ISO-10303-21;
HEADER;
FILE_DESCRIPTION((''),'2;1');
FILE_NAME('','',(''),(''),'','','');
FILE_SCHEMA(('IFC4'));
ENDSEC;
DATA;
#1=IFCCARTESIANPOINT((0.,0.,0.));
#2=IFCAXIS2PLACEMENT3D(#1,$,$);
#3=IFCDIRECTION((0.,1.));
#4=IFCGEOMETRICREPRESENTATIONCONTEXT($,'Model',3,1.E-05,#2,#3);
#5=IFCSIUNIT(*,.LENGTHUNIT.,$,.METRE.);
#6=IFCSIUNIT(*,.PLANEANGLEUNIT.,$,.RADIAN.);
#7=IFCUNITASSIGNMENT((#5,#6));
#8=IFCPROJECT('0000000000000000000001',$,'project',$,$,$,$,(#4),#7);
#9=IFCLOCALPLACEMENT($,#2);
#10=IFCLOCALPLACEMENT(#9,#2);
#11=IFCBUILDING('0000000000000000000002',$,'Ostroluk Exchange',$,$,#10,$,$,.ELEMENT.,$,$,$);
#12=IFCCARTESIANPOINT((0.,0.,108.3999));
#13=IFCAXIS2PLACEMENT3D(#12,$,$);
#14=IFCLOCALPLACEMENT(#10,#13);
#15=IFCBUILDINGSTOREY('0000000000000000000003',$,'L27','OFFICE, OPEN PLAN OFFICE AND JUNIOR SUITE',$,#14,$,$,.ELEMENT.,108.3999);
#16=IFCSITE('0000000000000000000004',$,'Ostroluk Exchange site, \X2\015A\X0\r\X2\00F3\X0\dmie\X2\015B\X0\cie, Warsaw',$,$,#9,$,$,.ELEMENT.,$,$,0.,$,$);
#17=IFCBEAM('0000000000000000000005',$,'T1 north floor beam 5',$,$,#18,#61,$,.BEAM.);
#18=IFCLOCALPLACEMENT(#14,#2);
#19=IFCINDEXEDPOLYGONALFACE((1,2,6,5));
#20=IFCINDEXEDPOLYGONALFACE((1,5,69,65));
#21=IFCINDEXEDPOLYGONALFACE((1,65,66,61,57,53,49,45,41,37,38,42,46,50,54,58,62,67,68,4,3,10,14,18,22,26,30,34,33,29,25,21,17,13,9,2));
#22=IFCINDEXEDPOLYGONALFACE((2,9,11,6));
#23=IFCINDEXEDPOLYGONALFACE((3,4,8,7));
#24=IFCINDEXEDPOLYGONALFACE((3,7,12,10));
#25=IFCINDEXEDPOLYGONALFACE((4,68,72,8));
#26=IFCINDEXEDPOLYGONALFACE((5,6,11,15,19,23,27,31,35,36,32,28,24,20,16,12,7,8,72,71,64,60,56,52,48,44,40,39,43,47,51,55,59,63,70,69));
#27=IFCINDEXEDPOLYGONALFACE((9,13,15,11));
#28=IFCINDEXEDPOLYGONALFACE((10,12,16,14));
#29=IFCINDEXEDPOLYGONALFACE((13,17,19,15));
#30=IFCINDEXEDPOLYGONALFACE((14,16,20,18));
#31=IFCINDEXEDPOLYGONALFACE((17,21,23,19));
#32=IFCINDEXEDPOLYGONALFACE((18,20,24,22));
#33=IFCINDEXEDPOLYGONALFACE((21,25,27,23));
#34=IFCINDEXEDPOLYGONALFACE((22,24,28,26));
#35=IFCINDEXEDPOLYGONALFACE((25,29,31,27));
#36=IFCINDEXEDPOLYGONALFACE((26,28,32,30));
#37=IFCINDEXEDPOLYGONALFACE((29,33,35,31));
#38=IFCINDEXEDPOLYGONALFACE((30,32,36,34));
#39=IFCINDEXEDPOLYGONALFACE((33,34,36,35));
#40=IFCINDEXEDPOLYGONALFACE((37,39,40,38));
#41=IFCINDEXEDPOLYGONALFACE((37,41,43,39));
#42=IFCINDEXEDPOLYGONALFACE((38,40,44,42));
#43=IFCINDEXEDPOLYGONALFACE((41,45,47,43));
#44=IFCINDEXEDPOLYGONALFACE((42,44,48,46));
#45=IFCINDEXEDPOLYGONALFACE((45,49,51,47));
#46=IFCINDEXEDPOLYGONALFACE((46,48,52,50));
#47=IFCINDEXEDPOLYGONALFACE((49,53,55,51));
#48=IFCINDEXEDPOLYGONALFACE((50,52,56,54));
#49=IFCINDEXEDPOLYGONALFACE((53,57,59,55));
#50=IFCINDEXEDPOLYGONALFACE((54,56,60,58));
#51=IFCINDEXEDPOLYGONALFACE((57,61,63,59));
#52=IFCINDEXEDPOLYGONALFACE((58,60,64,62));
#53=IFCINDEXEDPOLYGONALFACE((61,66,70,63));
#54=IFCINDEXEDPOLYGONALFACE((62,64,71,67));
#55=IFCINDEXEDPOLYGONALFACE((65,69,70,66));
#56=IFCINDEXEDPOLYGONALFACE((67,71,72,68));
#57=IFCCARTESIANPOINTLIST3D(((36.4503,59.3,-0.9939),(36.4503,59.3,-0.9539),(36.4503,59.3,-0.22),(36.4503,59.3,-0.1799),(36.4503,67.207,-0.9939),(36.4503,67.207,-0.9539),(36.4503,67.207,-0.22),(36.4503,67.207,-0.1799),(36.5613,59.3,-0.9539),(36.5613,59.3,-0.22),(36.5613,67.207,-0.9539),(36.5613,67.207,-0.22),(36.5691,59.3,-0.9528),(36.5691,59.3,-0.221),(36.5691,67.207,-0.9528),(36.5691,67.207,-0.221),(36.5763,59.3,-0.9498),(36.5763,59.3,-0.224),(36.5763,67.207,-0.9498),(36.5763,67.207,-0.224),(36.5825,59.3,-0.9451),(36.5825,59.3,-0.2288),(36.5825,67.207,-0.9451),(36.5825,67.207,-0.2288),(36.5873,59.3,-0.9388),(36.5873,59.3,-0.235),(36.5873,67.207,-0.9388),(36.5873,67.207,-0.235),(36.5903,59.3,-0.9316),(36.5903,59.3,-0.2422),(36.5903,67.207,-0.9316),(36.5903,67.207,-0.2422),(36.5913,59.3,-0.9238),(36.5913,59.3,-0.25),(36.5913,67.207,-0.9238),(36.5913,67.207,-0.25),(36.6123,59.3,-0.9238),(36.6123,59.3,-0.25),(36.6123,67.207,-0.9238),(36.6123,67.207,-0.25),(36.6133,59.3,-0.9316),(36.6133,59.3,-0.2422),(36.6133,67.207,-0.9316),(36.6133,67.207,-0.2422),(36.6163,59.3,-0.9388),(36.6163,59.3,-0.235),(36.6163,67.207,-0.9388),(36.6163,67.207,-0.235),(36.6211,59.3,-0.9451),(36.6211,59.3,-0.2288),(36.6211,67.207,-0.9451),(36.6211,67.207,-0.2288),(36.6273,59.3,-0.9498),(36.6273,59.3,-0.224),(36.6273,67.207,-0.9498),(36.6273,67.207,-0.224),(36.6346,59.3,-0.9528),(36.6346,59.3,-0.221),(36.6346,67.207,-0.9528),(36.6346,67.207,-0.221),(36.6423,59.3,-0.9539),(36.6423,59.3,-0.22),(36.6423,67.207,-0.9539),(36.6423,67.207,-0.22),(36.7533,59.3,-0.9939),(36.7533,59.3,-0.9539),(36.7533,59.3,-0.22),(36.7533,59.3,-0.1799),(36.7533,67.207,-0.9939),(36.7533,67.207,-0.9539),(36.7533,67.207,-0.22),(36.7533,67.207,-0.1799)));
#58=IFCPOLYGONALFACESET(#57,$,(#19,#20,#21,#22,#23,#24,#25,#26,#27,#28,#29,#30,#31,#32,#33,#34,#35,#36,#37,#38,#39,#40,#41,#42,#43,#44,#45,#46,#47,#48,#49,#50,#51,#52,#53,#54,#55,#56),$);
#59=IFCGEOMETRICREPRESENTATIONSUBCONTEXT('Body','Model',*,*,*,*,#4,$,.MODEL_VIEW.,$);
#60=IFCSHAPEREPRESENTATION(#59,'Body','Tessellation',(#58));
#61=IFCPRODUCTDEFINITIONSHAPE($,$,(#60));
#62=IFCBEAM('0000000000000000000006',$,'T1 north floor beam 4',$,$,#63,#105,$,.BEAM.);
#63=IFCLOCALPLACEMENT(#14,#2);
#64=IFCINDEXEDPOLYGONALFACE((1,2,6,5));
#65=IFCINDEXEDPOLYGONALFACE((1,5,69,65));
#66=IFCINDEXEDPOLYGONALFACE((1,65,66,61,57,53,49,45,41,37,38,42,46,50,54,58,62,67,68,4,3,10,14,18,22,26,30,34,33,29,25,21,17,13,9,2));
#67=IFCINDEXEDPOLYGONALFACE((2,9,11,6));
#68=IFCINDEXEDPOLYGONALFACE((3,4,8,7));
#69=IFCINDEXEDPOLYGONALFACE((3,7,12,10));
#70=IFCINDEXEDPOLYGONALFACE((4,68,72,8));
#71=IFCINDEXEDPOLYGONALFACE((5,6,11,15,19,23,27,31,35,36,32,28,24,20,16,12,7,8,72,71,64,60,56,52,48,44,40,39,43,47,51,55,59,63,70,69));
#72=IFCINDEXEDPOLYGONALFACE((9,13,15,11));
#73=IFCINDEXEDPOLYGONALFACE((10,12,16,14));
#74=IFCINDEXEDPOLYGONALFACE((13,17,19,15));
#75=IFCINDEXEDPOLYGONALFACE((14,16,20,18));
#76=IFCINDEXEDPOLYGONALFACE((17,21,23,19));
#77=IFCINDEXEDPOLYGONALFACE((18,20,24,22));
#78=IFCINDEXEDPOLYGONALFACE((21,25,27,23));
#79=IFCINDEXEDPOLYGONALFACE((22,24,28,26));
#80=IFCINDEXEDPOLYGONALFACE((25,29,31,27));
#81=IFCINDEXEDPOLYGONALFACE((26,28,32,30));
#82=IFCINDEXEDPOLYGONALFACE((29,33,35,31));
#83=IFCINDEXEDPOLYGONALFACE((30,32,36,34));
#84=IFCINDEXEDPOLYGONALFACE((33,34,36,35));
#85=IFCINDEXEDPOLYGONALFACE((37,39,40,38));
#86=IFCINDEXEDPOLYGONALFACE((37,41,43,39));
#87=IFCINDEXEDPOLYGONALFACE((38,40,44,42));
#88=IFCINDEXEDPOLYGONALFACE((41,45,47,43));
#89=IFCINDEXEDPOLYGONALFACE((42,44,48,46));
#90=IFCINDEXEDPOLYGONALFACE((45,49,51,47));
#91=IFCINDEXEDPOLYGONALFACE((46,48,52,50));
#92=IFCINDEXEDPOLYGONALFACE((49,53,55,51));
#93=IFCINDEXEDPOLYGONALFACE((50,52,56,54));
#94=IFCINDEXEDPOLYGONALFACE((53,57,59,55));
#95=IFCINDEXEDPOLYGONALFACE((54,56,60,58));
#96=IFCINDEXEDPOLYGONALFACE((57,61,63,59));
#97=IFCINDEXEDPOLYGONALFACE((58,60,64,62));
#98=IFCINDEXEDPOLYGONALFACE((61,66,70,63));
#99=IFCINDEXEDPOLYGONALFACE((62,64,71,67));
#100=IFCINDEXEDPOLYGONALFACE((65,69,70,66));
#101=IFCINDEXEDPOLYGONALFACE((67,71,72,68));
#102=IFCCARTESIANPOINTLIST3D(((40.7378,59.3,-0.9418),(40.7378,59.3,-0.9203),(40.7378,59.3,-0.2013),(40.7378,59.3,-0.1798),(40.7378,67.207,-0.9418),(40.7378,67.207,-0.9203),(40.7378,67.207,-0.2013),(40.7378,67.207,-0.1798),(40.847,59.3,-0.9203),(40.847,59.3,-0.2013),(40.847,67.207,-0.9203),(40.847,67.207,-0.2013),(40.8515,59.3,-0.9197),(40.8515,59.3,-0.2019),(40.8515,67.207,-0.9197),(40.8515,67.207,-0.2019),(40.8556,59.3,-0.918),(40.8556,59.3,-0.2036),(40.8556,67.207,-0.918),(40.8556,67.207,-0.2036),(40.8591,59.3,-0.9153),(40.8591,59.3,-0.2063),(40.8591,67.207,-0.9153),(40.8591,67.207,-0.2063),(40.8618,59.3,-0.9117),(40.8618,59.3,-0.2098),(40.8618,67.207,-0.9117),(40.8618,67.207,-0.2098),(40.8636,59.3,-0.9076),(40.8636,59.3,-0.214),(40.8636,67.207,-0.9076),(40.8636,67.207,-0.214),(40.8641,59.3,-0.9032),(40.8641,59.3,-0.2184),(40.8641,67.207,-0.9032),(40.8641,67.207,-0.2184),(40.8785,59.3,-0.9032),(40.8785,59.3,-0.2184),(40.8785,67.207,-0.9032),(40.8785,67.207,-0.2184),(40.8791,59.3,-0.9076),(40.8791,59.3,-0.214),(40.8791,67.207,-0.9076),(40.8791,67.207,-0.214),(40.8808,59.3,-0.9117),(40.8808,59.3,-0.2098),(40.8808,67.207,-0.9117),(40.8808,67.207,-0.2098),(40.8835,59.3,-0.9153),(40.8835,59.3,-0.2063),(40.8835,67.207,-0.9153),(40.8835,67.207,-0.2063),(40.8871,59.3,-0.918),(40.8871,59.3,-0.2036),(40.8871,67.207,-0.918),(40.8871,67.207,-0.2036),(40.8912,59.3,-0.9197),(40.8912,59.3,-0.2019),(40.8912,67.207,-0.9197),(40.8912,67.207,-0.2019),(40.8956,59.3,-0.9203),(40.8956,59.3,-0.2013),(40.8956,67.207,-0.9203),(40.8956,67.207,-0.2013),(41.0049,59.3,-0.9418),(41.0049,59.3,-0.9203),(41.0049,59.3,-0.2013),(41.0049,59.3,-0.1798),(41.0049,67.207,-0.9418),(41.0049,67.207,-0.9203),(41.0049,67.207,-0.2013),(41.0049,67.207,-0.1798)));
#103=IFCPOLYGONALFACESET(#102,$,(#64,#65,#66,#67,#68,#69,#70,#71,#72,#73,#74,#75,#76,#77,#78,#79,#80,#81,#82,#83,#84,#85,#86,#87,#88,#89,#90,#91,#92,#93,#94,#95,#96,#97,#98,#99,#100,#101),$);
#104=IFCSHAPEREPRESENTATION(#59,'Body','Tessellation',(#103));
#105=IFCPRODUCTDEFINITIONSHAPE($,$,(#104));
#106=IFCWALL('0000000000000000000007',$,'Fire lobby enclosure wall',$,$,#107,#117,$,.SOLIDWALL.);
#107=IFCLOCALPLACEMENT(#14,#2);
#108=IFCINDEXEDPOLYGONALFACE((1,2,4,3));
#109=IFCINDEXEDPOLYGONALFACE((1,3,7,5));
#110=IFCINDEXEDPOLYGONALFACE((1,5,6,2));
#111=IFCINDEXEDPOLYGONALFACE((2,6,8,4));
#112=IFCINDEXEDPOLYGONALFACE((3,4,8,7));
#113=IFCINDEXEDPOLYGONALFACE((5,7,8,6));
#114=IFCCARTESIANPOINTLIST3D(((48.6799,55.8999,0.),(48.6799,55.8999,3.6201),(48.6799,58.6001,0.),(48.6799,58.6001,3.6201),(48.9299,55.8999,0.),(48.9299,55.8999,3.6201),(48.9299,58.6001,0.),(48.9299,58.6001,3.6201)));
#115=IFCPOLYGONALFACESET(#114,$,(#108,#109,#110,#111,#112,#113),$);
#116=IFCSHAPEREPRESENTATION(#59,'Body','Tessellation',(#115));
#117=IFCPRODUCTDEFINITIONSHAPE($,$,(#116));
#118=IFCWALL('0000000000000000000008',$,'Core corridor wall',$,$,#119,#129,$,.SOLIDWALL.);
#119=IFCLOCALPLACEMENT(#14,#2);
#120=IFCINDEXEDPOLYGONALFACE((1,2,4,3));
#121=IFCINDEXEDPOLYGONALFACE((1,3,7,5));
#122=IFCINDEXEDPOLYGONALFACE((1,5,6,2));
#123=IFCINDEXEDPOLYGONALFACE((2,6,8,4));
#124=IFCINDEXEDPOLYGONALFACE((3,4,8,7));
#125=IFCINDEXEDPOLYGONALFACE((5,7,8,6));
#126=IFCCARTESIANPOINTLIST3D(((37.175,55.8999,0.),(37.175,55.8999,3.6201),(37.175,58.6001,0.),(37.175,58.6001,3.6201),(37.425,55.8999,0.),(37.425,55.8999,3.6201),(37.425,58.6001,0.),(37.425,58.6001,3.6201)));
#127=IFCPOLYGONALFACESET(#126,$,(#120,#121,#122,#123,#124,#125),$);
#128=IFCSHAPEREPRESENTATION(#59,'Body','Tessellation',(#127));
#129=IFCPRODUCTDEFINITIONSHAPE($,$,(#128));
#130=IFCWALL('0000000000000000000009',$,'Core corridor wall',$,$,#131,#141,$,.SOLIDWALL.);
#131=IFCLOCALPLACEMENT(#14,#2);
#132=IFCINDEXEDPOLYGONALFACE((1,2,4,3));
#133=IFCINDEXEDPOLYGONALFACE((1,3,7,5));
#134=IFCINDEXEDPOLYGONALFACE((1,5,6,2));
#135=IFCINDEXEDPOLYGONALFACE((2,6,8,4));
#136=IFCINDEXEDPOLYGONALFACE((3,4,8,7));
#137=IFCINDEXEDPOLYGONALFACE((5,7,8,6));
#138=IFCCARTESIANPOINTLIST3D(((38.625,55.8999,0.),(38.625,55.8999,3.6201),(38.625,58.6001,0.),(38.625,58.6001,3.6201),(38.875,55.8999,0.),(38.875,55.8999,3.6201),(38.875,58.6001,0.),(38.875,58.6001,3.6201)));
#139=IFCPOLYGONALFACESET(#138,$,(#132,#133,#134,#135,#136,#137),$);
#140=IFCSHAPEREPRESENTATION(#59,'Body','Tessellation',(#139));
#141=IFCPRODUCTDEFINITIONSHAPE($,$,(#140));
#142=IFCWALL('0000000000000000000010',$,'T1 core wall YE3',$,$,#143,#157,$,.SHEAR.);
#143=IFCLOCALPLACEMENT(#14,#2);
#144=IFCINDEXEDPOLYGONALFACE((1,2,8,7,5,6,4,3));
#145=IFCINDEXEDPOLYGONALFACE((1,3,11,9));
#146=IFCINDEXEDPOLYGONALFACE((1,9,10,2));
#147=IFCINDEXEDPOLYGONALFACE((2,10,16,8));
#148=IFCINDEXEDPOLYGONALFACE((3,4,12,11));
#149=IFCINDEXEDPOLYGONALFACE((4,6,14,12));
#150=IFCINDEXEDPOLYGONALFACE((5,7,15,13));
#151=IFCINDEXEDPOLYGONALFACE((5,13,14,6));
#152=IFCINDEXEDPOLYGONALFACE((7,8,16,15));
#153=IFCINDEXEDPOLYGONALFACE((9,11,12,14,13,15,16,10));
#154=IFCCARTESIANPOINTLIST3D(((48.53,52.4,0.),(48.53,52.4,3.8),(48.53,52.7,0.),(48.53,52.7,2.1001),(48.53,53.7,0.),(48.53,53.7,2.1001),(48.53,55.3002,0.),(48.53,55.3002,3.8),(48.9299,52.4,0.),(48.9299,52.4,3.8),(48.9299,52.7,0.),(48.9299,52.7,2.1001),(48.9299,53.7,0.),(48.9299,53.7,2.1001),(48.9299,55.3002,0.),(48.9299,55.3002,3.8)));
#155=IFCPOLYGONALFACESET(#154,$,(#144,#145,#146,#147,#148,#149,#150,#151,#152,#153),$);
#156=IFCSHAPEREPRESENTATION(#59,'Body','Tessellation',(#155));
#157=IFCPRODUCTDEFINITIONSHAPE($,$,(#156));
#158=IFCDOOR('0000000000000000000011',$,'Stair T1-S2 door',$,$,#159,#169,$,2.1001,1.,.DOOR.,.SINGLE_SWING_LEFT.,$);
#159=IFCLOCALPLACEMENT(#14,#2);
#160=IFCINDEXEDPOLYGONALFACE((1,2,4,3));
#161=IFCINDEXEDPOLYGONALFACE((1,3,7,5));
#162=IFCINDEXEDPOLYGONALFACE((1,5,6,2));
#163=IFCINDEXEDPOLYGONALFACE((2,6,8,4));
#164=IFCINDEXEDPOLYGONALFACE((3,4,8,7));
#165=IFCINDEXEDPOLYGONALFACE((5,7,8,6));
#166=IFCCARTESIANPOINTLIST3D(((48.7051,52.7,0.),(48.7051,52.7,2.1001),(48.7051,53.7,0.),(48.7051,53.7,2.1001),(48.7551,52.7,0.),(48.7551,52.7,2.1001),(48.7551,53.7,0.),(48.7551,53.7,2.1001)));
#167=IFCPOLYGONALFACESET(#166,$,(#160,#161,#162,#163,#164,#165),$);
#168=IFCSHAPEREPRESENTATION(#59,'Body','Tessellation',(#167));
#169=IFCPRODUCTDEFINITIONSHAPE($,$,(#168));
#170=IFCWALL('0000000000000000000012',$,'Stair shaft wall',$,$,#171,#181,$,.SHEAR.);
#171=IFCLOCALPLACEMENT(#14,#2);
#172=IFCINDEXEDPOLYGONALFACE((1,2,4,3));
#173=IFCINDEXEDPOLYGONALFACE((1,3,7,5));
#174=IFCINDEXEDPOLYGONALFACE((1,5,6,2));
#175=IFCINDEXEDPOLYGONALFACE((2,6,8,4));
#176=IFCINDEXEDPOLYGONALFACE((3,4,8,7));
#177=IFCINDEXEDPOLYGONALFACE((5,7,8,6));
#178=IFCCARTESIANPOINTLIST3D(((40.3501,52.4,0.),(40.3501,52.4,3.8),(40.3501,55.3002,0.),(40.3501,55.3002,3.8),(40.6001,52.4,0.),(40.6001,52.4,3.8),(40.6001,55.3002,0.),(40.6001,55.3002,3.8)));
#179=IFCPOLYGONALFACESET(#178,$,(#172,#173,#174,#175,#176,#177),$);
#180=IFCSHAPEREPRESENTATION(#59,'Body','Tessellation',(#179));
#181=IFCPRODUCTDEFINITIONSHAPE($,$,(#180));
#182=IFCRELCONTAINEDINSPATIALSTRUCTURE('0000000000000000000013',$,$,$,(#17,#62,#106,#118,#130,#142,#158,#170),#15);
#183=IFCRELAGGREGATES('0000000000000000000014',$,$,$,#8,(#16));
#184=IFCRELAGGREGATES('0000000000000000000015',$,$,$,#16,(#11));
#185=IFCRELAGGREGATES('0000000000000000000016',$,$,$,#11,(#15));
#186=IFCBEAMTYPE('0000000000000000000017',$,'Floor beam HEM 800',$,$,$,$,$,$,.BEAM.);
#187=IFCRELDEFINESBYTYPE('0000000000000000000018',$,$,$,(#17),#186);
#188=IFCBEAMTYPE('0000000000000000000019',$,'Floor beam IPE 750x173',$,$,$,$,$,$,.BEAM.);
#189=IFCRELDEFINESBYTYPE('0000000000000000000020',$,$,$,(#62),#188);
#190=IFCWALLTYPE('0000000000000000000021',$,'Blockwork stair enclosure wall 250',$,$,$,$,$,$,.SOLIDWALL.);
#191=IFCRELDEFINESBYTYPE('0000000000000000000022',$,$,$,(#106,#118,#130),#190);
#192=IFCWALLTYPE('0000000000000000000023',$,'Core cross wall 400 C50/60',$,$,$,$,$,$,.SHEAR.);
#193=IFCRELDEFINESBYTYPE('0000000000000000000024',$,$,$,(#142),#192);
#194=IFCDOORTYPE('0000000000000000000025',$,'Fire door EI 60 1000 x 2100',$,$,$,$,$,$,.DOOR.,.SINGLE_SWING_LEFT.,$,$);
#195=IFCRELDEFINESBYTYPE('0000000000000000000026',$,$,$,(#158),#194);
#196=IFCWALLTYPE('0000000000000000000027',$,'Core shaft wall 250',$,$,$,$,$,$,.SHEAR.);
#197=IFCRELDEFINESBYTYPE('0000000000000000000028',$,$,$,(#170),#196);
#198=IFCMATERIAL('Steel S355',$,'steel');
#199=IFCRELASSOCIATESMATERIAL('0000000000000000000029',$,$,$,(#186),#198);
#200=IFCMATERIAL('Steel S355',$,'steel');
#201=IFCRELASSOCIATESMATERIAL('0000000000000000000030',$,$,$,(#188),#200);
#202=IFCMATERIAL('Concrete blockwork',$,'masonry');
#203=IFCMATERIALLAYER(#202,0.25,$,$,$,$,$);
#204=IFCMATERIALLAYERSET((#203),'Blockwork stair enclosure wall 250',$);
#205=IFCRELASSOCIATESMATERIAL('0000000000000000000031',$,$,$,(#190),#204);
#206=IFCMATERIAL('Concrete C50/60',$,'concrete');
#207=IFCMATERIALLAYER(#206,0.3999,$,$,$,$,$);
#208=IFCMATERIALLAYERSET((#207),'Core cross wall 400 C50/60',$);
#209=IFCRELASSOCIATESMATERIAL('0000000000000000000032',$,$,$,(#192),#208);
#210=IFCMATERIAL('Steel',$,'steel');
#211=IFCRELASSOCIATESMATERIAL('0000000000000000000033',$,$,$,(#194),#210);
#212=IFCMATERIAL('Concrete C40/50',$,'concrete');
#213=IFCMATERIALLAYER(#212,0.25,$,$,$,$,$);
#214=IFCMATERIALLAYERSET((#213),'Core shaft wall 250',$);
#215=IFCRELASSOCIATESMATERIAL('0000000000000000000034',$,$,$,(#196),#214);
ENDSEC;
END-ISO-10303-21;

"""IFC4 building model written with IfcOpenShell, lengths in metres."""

from ifc_helpers import new_model, si_unit, direction, frame, frame_2d, origin, origin_2d, place, context, subcontext, project, spatial, rectangle, i_section, extrude, material, layer, layer_set, material_profile, profile_set, type_object, element, fill, save


model = new_model("IFC4")

# Units and contexts
model_context = context("Model", 3, precision=1e-05, world=origin(), true_north=direction((0.0, 1.0)))
body_context = subcontext(model_context, "Body", "Model", "MODEL_VIEW")
ifc_project = project(units=[si_unit("LENGTHUNIT", "METRE"), si_unit("PLANEANGLEUNIT", "RADIAN")], contexts=[model_context])

# Site, building, storey
site_placement = place(None, origin())
site = spatial("IfcSite", under=ifc_project, at=site_placement, Name="Ostroluk Exchange site, Śródmieście, Warsaw", CompositionType="ELEMENT", RefElevation=0.0)
building_placement = place(site_placement, origin())
building = spatial("IfcBuilding", under=site, at=building_placement, Name="Ostroluk Exchange", CompositionType="ELEMENT")
storey_placement = place(building_placement, frame((0.0, 0.0, 108.3999)))
storey = spatial("IfcBuildingStorey", under=building, at=storey_placement, Name="L27", Description="OFFICE, OPEN PLAN OFFICE AND JUNIOR SUITE", CompositionType="ELEMENT", Elevation=108.3999)

# Beams
ifc_material_1 = material(Name="Steel S355", Category="steel")
ifc_material_profile_1 = material_profile(ifc_material_1, i_section(OverallWidth=0.303, OverallDepth=0.814, WebThickness=0.021, FlangeThickness=0.04, FilletRadius=0.03, at=origin_2d()), Name="HEM 800")
ifc_profile_set_1 = profile_set([ifc_material_profile_1], Name="Steel S355")
beam_type_1 = type_object("IfcBeamType", Name="Floor beam HEM 800", PredefinedType="BEAM", material=ifc_profile_set_1)
beam_1_placement = place(storey_placement, frame((36.6018, 59.3, -0.5869), z_axis=(0.0, 1.0, 0.0), x_axis=(-1.0, 0.0, 0.0)))
element("IfcBeam", 1, at=beam_1_placement, inside=storey, type_object=beam_type_1, Name="T1 north floor beam 5", PredefinedType="BEAM", context=body_context, shape_type="SweptSolid", body=[
    extrude(i_section(OverallWidth=0.303, OverallDepth=0.814, WebThickness=0.021, FlangeThickness=0.04, FilletRadius=0.03, at=origin_2d()), origin(), (0.0, 0.0, 1.0), 7.907),
])
ifc_material_2 = material(Name="Steel S355", Category="steel")
ifc_material_profile_2 = material_profile(ifc_material_2, i_section(OverallWidth=0.2671, OverallDepth=0.762, WebThickness=0.0144, FlangeThickness=0.0215, FilletRadius=0.0171, at=origin_2d()), Name="IPE 750x173")
ifc_profile_set_2 = profile_set([ifc_material_profile_2], Name="Steel S355")
beam_type_2 = type_object("IfcBeamType", Name="Floor beam IPE 750x173", PredefinedType="BEAM", material=ifc_profile_set_2)
beam_2_placement = place(storey_placement, frame((40.8713, 59.3, -0.5608), z_axis=(0.0, 1.0, 0.0), x_axis=(-1.0, 0.0, 0.0)))
element("IfcBeam", 2, at=beam_2_placement, inside=storey, type_object=beam_type_2, Name="T1 north floor beam 4", PredefinedType="BEAM", context=body_context, shape_type="SweptSolid", body=[
    extrude(i_section(OverallWidth=0.2671, OverallDepth=0.762, WebThickness=0.0144, FlangeThickness=0.0215, FilletRadius=0.0171, at=origin_2d()), origin(), (0.0, 0.0, 1.0), 7.907),
])

# Walls
ifc_material_3 = material(Name="Concrete blockwork", Category="masonry")
ifc_layer_1 = layer(ifc_material_3, 0.25)
ifc_layer_set_1 = layer_set([ifc_layer_1], Name="Blockwork stair enclosure wall 250")
wall_type_1 = type_object("IfcWallType", Name="Blockwork stair enclosure wall 250", PredefinedType="SOLIDWALL", material=ifc_layer_set_1)
for number, where, z_axis, x_axis, name in (
    (3, (48.8049, 55.8999, 0.0), (0.0, 0.0, 1.0), (0.0, 1.0, 0.0), "Fire lobby enclosure wall"),
    (4, (37.3, 55.8999, 0.0), (0.0, 0.0, 1.0), (0.0, 1.0, 0.0), "Core corridor wall"),
    (5, (38.75, 55.8999, 0.0), (0.0, 0.0, 1.0), (0.0, 1.0, 0.0), "Core corridor wall"),
):
    element("IfcWall", number, at=place(storey_placement, frame(where, z_axis=z_axis, x_axis=x_axis)), inside=storey, type_object=wall_type_1, Name=name, PredefinedType="SOLIDWALL", context=body_context, shape_type="SweptSolid", body=[
        extrude(rectangle(XDim=2.7002, YDim=0.25, at=frame_2d((1.3501, 0.0))), origin(), (0.0, 0.0, 1.0), 3.6201),
    ])

# Wall, opening, door
ifc_material_4 = material(Name="Concrete C50/60", Category="concrete")
ifc_layer_2 = layer(ifc_material_4, 0.3999)
ifc_layer_set_2 = layer_set([ifc_layer_2], Name="Core cross wall 400 C50/60")
wall_type_2 = type_object("IfcWallType", Name="Core cross wall 400 C50/60", PredefinedType="SHEAR", material=ifc_layer_set_2)
wall_1_placement = place(storey_placement, frame((48.73, 52.3999, 0.0), z_axis=(0.0, 0.0, 1.0), x_axis=(0.0, 1.0, 0.0)))
wall_1 = element("IfcWall", 6, at=wall_1_placement, inside=storey, type_object=wall_type_2, Name="T1 core wall YE3", PredefinedType="SHEAR", context=body_context, shape_type="SweptSolid", body=[
    extrude(rectangle(XDim=2.9001, YDim=0.3999, at=frame_2d((1.4502, 0.0))), origin(), (0.0, 0.0, 1.0), 3.8),
])
opening_placement = place(wall_1_placement, frame((0.3, 0.0, 0.0)))
opening = element("IfcOpeningElement", 7, at=opening_placement, cuts=wall_1, PredefinedType="OPENING", context=body_context, shape_type="SweptSolid", body=[
    extrude(rectangle(XDim=1.0, YDim=2.1001, at=frame_2d((0.5, 1.05))), frame((0.0, 0.21, 0.0), z_axis=(0.0, -1.0, 0.0), x_axis=(1.0, 0.0, 0.0)), (0.0, 0.0, 1.0), 0.4199),
])
ifc_material_5 = material(Name="Steel", Category="steel")
door_type = type_object("IfcDoorType", Name="Fire door EI 60 1000 x 2100", OperationType="SINGLE_SWING_LEFT", PredefinedType="DOOR", material=ifc_material_5)
door_placement = place(opening_placement, origin())
door = element("IfcDoor", 8, at=door_placement, inside=storey, type_object=door_type, Name="Stair T1-S2 door", OperationType="SINGLE_SWING_LEFT", OverallHeight=2.1001, OverallWidth=1.0, PredefinedType="DOOR", context=body_context, shape_type="SweptSolid", body=[
    extrude(rectangle(XDim=1.0, YDim=2.1001, at=frame_2d((0.5, 1.05))), frame((0.0, 0.0249, 0.0), z_axis=(0.0, -1.0, 0.0), x_axis=(1.0, 0.0, 0.0)), (0.0, 0.0, 1.0), 0.05),
])
fill(opening, door)

# Wall
ifc_material_6 = material(Name="Concrete C40/50", Category="concrete")
ifc_layer_3 = layer(ifc_material_6, 0.25)
ifc_layer_set_3 = layer_set([ifc_layer_3], Name="Core shaft wall 250")
wall_type_3 = type_object("IfcWallType", Name="Core shaft wall 250", PredefinedType="SHEAR", material=ifc_layer_set_3)
wall_2_placement = place(storey_placement, frame((40.4751, 52.3999, 0.0), z_axis=(0.0, 0.0, 1.0), x_axis=(0.0, 1.0, 0.0)))
element("IfcWall", 9, at=wall_2_placement, inside=storey, type_object=wall_type_3, Name="Stair shaft wall", PredefinedType="SHEAR", context=body_context, shape_type="SweptSolid", body=[
    extrude(rectangle(XDim=2.9001, YDim=0.25, at=frame_2d((1.4502, 0.0))), origin(), (0.0, 0.0, 1.0), 3.8),
])

save(model, "model.ifc")
